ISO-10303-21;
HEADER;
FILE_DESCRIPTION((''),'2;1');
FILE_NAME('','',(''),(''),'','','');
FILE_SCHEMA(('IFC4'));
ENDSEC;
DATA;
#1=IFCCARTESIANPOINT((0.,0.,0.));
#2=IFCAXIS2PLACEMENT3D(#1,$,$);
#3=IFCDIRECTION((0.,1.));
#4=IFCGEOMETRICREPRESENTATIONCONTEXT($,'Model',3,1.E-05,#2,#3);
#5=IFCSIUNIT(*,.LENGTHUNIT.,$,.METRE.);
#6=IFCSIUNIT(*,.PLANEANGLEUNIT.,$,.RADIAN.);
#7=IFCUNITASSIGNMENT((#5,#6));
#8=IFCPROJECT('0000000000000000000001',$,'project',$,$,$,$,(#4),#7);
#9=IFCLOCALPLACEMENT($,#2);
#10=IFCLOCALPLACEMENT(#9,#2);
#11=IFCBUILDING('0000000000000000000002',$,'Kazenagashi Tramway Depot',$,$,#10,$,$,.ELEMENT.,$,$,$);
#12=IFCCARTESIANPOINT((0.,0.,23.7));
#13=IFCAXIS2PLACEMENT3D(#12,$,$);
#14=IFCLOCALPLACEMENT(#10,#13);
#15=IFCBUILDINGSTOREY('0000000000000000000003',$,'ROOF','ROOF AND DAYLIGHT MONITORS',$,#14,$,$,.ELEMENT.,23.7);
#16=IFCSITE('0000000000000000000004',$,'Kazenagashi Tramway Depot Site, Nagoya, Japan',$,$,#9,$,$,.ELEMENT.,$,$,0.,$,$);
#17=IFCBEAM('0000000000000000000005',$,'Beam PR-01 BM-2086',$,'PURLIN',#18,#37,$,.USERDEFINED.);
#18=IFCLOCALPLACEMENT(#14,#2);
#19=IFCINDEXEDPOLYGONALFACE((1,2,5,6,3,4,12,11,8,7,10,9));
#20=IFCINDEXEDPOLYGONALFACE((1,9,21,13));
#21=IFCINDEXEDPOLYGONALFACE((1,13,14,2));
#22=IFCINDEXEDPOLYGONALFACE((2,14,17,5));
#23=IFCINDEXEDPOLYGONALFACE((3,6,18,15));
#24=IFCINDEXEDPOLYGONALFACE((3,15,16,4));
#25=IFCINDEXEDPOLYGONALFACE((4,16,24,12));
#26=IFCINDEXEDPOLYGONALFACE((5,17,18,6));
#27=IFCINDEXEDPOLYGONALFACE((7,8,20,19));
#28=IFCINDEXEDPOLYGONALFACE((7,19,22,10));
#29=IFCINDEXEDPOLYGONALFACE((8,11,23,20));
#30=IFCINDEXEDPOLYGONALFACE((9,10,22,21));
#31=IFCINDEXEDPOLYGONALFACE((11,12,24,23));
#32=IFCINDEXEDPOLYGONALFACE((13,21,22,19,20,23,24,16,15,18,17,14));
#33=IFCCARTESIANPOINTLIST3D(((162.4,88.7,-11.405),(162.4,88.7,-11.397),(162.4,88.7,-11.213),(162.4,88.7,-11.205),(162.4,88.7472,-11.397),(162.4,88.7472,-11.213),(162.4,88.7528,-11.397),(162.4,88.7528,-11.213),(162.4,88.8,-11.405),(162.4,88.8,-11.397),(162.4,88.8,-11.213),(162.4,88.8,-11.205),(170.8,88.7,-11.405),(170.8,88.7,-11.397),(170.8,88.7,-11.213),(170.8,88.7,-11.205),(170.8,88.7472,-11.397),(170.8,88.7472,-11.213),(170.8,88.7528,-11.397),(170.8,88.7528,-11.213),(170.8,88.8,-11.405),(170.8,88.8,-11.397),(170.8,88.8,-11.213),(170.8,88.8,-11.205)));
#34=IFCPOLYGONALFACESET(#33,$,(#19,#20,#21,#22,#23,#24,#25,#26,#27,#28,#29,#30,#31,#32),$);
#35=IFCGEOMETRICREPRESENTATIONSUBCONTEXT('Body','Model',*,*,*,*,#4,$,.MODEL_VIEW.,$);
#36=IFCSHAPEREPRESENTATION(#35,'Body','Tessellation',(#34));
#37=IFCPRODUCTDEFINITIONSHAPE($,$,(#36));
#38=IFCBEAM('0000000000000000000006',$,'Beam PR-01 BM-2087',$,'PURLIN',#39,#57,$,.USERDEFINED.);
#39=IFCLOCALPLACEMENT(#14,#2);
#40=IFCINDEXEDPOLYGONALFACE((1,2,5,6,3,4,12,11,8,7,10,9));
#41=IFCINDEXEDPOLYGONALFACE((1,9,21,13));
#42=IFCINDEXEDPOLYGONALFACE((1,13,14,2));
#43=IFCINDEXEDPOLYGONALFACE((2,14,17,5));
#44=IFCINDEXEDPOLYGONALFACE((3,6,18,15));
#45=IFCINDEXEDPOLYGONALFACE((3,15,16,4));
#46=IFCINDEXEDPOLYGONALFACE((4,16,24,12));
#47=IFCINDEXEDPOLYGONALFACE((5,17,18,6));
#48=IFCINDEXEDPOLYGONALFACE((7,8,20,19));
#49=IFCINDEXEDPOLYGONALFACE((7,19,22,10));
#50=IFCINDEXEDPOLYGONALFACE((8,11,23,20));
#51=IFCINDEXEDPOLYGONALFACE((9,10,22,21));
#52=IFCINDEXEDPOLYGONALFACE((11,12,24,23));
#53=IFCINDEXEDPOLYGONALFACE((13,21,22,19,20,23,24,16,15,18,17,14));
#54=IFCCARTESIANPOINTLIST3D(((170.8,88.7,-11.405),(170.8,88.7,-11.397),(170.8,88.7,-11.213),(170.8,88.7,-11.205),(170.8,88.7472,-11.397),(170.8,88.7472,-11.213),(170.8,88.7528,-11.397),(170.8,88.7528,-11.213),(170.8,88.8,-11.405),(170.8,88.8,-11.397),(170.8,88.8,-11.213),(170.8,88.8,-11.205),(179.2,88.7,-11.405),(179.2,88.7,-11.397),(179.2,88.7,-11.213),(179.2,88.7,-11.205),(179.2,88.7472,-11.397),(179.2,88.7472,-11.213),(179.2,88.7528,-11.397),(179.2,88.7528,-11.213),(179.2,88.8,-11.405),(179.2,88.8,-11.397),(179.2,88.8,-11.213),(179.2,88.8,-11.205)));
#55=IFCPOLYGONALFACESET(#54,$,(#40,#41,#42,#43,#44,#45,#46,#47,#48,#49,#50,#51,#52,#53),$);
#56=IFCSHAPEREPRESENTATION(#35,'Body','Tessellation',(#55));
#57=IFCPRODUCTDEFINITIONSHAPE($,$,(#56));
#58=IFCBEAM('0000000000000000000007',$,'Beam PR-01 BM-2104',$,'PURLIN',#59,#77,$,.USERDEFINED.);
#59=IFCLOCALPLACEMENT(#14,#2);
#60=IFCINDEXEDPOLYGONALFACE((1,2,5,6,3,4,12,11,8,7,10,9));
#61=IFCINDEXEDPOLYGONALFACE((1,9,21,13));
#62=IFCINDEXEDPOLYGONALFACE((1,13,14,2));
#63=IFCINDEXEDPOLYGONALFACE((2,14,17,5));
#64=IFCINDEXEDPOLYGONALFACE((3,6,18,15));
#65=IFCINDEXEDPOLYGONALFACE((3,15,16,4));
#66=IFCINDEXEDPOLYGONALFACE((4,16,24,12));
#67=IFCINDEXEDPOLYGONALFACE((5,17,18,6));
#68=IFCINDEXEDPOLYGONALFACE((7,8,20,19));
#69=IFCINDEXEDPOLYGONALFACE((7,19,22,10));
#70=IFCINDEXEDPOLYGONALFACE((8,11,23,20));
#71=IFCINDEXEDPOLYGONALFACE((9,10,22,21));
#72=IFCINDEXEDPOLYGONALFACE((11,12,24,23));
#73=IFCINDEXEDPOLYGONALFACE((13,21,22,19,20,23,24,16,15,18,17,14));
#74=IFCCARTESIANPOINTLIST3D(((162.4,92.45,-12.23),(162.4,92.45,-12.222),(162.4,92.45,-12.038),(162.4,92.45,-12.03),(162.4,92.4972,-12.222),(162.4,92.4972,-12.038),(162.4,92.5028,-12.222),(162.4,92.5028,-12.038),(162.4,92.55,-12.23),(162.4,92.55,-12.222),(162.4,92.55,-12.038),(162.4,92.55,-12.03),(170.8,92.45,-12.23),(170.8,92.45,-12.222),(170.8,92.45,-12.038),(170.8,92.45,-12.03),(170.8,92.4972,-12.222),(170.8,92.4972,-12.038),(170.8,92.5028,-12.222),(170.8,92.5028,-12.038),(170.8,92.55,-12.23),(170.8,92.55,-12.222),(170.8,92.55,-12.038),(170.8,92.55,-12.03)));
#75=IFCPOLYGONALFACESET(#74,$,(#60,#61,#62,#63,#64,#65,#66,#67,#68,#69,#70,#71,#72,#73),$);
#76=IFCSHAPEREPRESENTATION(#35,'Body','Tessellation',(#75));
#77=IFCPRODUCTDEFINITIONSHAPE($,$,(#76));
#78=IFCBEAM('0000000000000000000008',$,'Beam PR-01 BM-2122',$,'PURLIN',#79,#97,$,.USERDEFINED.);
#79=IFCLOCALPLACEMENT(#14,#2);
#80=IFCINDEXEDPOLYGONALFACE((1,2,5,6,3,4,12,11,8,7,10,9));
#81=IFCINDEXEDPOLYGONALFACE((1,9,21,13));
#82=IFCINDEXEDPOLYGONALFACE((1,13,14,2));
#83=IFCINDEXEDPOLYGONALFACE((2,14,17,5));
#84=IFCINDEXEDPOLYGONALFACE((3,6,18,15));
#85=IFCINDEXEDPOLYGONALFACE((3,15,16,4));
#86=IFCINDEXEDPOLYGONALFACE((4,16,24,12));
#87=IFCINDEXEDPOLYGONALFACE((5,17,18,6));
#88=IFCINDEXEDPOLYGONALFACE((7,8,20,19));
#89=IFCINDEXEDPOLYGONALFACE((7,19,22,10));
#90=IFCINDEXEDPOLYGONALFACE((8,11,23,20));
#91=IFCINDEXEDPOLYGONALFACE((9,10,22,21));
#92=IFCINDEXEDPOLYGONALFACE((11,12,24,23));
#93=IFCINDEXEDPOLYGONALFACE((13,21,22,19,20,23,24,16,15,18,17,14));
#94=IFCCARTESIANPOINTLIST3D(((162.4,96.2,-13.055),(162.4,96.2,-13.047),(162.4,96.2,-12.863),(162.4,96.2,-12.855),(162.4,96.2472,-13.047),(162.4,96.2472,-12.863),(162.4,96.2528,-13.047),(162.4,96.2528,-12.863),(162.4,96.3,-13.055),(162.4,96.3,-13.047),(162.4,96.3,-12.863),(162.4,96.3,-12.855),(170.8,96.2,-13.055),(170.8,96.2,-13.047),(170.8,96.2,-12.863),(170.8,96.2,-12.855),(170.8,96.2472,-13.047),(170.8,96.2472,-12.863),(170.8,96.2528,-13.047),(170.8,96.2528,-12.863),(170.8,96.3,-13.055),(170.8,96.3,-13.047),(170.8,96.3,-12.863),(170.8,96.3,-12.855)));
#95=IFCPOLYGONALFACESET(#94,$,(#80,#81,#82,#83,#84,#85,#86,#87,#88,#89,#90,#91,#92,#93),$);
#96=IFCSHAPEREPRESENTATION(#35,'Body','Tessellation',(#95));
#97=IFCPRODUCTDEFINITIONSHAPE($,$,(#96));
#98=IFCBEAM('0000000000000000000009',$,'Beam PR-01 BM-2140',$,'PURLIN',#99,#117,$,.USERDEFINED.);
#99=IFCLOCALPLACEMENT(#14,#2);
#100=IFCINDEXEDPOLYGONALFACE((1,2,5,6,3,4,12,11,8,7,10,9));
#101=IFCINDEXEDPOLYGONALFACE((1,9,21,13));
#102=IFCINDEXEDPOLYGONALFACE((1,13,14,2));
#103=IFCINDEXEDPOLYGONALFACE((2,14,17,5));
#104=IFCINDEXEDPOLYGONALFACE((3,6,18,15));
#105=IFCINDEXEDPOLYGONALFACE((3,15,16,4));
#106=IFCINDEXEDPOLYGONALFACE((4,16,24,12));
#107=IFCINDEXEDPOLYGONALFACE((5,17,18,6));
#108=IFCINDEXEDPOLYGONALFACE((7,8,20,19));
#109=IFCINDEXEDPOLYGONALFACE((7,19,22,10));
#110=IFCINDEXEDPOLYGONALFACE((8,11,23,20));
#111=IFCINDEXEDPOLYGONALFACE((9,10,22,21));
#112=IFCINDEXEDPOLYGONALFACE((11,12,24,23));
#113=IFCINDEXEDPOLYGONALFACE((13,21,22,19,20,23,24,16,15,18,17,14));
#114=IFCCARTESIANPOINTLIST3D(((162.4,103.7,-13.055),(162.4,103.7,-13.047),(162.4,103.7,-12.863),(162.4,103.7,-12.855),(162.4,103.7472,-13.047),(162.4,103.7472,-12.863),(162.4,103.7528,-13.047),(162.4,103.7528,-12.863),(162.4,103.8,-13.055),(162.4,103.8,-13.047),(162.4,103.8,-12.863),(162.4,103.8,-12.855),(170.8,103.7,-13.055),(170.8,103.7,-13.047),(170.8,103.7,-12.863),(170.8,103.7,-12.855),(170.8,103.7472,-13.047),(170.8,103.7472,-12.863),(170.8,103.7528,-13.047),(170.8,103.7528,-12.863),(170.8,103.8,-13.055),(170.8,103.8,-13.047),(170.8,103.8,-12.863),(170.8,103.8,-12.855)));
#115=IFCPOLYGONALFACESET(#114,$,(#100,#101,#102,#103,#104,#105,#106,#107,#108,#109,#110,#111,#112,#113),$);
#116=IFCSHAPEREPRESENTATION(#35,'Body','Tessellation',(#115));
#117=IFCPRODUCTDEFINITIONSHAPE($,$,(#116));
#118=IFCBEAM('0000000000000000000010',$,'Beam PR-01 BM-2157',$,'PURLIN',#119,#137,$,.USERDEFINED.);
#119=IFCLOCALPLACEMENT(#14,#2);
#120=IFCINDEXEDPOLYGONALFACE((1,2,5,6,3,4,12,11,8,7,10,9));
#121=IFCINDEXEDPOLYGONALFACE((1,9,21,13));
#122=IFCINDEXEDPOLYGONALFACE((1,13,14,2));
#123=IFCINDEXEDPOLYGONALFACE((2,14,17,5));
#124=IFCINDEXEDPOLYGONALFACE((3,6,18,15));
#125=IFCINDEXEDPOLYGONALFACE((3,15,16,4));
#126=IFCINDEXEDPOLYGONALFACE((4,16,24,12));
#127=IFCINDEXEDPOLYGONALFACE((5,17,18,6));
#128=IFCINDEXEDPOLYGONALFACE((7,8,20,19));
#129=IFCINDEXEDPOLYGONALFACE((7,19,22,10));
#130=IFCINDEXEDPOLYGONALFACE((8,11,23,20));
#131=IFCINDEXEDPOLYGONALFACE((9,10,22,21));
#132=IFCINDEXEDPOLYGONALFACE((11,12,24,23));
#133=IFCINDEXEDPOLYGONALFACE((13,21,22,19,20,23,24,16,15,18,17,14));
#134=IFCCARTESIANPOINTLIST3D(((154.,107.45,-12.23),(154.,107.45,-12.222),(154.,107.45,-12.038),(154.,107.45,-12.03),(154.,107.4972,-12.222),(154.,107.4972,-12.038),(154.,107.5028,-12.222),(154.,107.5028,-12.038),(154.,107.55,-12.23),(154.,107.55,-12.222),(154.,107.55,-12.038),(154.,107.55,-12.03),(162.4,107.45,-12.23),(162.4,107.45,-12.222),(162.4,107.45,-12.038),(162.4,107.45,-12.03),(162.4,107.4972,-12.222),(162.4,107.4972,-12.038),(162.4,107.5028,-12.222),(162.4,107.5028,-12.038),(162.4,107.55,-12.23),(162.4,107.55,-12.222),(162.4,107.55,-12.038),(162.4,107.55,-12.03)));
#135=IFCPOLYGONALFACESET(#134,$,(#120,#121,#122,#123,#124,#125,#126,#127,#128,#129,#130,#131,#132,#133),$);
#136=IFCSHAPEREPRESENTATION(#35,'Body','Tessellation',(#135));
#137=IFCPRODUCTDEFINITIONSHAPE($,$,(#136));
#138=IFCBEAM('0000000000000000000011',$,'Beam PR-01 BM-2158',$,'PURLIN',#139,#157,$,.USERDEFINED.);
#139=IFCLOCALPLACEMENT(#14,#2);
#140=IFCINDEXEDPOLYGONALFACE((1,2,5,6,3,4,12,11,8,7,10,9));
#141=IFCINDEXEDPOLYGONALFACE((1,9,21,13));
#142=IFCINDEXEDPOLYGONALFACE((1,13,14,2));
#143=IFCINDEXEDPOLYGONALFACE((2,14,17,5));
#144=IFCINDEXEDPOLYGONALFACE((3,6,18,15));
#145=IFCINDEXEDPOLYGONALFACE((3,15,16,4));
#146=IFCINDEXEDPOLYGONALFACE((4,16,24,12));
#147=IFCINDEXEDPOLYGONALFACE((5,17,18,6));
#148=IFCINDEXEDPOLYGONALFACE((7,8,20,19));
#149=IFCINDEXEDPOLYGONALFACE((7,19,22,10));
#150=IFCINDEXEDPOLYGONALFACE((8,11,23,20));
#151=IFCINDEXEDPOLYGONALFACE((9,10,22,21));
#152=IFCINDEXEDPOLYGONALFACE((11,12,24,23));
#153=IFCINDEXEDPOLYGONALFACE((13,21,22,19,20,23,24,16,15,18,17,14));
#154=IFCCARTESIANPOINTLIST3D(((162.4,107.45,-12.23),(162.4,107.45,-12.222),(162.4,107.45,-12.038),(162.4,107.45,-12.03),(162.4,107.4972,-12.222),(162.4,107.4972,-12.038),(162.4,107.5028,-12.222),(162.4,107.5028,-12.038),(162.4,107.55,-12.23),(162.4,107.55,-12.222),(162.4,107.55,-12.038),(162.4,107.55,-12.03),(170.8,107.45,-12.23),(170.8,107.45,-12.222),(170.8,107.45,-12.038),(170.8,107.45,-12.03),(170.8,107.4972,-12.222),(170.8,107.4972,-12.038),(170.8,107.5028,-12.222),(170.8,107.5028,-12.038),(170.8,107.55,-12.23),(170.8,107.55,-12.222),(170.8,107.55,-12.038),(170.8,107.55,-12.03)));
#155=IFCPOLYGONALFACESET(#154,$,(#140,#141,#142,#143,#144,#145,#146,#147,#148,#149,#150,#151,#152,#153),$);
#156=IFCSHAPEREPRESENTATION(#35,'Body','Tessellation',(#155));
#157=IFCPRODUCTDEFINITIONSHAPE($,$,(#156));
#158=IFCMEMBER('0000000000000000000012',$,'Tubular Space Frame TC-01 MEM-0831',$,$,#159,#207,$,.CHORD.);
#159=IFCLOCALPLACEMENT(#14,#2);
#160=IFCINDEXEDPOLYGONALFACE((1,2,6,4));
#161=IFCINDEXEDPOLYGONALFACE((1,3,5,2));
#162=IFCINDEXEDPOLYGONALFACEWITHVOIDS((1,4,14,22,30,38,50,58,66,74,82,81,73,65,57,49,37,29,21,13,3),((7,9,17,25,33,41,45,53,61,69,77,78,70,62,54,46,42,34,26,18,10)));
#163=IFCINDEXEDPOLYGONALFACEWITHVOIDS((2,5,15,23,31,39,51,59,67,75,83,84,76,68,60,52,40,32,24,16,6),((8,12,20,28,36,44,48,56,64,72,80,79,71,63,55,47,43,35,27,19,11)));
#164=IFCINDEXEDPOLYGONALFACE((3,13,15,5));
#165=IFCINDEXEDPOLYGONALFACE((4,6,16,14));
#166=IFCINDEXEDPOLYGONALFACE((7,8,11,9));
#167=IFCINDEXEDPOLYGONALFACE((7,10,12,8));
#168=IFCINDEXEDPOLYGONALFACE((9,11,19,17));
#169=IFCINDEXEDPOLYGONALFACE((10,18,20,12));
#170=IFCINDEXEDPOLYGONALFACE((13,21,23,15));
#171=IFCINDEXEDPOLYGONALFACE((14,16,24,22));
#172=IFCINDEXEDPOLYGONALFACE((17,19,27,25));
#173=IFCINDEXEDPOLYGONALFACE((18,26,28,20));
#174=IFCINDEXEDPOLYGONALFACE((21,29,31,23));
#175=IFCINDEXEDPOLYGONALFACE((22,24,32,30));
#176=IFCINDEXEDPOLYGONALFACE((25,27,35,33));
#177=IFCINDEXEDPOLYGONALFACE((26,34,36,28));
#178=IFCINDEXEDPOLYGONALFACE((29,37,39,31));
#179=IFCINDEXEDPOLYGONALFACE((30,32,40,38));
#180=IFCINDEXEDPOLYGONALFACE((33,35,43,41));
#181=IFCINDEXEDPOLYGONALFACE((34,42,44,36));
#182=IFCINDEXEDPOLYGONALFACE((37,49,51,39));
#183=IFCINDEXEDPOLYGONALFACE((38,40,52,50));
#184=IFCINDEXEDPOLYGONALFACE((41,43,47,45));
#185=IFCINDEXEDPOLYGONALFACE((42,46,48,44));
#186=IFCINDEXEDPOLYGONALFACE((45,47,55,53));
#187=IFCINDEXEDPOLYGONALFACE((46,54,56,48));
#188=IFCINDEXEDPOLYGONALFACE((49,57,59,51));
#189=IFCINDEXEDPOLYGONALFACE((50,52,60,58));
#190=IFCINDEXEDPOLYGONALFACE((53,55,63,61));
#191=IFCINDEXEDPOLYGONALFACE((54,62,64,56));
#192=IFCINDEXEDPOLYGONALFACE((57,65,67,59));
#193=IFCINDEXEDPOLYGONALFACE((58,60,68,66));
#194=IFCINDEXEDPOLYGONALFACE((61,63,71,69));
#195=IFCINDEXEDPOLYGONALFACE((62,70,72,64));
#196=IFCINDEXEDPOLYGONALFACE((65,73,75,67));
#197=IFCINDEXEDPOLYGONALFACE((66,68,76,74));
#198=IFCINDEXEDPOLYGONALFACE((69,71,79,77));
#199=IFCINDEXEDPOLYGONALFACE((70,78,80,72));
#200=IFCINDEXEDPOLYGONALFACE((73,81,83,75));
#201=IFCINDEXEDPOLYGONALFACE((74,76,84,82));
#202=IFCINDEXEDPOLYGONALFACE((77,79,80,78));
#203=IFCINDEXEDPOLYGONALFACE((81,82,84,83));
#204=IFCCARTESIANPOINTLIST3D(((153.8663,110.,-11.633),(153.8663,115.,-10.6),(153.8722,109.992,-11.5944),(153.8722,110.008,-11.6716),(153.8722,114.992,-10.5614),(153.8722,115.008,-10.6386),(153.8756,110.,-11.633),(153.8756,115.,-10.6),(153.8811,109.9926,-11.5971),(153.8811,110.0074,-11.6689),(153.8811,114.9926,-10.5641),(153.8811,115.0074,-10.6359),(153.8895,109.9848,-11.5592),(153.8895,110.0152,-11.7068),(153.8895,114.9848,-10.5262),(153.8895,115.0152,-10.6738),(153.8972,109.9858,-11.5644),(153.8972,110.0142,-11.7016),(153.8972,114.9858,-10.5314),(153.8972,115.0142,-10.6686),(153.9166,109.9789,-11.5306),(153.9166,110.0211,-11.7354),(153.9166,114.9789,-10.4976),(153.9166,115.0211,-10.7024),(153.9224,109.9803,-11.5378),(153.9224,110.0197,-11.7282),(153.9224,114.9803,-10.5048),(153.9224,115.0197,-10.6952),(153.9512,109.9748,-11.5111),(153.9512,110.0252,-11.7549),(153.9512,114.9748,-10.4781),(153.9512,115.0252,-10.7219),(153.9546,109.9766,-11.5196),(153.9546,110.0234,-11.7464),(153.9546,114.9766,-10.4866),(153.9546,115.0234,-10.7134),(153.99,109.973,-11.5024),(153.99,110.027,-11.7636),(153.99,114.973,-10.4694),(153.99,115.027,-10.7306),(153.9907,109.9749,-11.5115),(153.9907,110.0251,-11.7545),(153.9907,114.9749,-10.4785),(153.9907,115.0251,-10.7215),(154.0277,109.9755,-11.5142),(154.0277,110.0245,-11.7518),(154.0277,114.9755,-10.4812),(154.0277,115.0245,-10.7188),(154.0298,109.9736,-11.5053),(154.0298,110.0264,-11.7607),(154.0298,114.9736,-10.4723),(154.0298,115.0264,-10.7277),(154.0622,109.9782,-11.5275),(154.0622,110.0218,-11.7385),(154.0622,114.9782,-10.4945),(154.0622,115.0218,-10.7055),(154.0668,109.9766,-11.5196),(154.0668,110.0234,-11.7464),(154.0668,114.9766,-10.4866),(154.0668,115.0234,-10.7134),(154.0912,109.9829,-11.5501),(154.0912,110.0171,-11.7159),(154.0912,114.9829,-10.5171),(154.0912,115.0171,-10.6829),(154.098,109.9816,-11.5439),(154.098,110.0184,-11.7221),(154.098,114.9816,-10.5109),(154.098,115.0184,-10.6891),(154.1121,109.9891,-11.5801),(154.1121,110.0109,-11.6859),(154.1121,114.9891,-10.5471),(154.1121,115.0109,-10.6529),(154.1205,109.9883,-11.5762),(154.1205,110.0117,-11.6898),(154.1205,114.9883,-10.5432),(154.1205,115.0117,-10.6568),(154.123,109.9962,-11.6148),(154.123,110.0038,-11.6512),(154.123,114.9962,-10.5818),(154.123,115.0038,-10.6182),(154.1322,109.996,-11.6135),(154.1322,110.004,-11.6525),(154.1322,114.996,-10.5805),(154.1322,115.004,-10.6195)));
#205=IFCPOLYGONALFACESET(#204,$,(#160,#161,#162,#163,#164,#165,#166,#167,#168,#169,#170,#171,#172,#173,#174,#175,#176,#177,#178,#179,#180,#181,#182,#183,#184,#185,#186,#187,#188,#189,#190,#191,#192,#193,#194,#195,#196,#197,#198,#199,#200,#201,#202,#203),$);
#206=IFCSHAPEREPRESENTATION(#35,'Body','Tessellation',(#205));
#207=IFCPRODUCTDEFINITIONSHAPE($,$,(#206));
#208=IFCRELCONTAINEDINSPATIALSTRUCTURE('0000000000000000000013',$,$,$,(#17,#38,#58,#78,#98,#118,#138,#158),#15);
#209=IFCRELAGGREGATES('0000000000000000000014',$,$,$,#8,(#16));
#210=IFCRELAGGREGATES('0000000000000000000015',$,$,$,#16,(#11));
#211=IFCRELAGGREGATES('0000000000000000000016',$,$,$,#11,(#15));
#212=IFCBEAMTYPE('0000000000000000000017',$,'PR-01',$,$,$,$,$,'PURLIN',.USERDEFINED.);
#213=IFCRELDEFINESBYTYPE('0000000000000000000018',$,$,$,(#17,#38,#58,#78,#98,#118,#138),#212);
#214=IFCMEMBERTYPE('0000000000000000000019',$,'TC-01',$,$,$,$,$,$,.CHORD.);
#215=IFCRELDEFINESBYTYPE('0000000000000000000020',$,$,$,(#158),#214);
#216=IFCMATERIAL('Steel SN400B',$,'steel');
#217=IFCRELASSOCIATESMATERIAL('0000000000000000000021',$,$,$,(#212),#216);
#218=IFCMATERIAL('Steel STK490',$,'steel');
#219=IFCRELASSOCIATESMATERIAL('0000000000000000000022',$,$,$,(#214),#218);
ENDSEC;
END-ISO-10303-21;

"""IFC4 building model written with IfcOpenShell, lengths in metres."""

from ifc_helpers import new_model, si_unit, direction, frame, origin, origin_2d, place, context, subcontext, project, spatial, hollow_circle, i_section, extrude, material, material_profile, profile_set, type_object, element, save


model = new_model("IFC4")

# Units and contexts
model_context = context("Model", 3, precision=1e-05, world=origin(), true_north=direction((0.0, 1.0)))
body_context = subcontext(model_context, "Body", "Model", "MODEL_VIEW")
ifc_project = project(units=[si_unit("LENGTHUNIT", "METRE"), si_unit("PLANEANGLEUNIT", "RADIAN")], contexts=[model_context])

# Site, building, storey
site_placement = place(None, origin())
site = spatial("IfcSite", under=ifc_project, at=site_placement, Name="Kazenagashi Tramway Depot Site, Nagoya, Japan", CompositionType="ELEMENT", RefElevation=0.0)
building_placement = place(site_placement, origin())
building = spatial("IfcBuilding", under=site, at=building_placement, Name="Kazenagashi Tramway Depot", CompositionType="ELEMENT")
storey_placement = place(building_placement, frame((0.0, 0.0, 23.7)))
storey = spatial("IfcBuildingStorey", under=building, at=storey_placement, Name="ROOF", Description="ROOF AND DAYLIGHT MONITORS", CompositionType="ELEMENT", Elevation=23.7)

# Beams
ifc_material_1 = material(Name="Steel SN400B", Category="steel")
ifc_material_profile_1 = material_profile(ifc_material_1, i_section(OverallWidth=0.1, OverallDepth=0.2, WebThickness=0.0055, FlangeThickness=0.008, at=origin_2d()), Name="H-200x100x5.5x8")
ifc_profile_set_1 = profile_set([ifc_material_profile_1], Name="Steel SN400B")
beam_type = type_object("IfcBeamType", Name="PR-01", ElementType="PURLIN", PredefinedType="USERDEFINED", material=ifc_profile_set_1)
for number, where, z_axis, x_axis, name in (
    (1, (162.4, 88.75, -11.305), (1.0, 0.0, 0.0), (0.0, 1.0, 0.0), "Beam PR-01 BM-2086"),
    (2, (170.8, 88.75, -11.305), (1.0, 0.0, 0.0), (0.0, 1.0, 0.0), "Beam PR-01 BM-2087"),
    (3, (162.4, 92.5, -12.13), (1.0, 0.0, 0.0), (0.0, 1.0, 0.0), "Beam PR-01 BM-2104"),
    (4, (162.4, 96.25, -12.955), (1.0, 0.0, 0.0), (0.0, 1.0, 0.0), "Beam PR-01 BM-2122"),
    (5, (162.4, 103.75, -12.955), (1.0, 0.0, 0.0), (0.0, 1.0, 0.0), "Beam PR-01 BM-2140"),
    (6, (154.0, 107.5, -12.13), (1.0, 0.0, 0.0), (0.0, 1.0, 0.0), "Beam PR-01 BM-2157"),
    (7, (162.4, 107.5, -12.13), (1.0, 0.0, 0.0), (0.0, 1.0, 0.0), "Beam PR-01 BM-2158"),
):
    element("IfcBeam", number, at=place(storey_placement, frame(where, z_axis=z_axis, x_axis=x_axis)), inside=storey, type_object=beam_type, Name=name, ObjectType="PURLIN", PredefinedType="USERDEFINED", context=body_context, shape_type="SweptSolid", body=[
        extrude(i_section(OverallWidth=0.1, OverallDepth=0.2, WebThickness=0.0055, FlangeThickness=0.008, at=origin_2d()), origin(), (0.0, 0.0, 1.0), 8.4),
    ])

# Member
ifc_material_2 = material(Name="Steel STK490", Category="steel")
ifc_material_profile_2 = material_profile(ifc_material_2, hollow_circle(Radius=0.1337, WallThickness=0.0093, at=origin_2d()), Name="CHS-267.4x9.3")
ifc_profile_set_2 = profile_set([ifc_material_profile_2], Name="Steel STK490")
member_type_1 = type_object("IfcMemberType", Name="TC-01", PredefinedType="CHORD", material=ifc_profile_set_2)
member_1_placement = place(storey_placement, frame((154.0, 110.0, -11.633), z_axis=(0.0, 0.979318, 0.202327), x_axis=(-1.0, 0.0, 0.0)))
element("IfcMember", 8, at=member_1_placement, inside=storey, type_object=member_type_1, Name="Tubular Space Frame TC-01 MEM-0831", PredefinedType="CHORD", context=body_context, shape_type="SweptSolid", body=[
    extrude(hollow_circle(Radius=0.1337, WallThickness=0.0093, at=origin_2d()), origin(), (0.0, 0.0, 1.0), 5.1056),
])

save(model, "model.ifc")
